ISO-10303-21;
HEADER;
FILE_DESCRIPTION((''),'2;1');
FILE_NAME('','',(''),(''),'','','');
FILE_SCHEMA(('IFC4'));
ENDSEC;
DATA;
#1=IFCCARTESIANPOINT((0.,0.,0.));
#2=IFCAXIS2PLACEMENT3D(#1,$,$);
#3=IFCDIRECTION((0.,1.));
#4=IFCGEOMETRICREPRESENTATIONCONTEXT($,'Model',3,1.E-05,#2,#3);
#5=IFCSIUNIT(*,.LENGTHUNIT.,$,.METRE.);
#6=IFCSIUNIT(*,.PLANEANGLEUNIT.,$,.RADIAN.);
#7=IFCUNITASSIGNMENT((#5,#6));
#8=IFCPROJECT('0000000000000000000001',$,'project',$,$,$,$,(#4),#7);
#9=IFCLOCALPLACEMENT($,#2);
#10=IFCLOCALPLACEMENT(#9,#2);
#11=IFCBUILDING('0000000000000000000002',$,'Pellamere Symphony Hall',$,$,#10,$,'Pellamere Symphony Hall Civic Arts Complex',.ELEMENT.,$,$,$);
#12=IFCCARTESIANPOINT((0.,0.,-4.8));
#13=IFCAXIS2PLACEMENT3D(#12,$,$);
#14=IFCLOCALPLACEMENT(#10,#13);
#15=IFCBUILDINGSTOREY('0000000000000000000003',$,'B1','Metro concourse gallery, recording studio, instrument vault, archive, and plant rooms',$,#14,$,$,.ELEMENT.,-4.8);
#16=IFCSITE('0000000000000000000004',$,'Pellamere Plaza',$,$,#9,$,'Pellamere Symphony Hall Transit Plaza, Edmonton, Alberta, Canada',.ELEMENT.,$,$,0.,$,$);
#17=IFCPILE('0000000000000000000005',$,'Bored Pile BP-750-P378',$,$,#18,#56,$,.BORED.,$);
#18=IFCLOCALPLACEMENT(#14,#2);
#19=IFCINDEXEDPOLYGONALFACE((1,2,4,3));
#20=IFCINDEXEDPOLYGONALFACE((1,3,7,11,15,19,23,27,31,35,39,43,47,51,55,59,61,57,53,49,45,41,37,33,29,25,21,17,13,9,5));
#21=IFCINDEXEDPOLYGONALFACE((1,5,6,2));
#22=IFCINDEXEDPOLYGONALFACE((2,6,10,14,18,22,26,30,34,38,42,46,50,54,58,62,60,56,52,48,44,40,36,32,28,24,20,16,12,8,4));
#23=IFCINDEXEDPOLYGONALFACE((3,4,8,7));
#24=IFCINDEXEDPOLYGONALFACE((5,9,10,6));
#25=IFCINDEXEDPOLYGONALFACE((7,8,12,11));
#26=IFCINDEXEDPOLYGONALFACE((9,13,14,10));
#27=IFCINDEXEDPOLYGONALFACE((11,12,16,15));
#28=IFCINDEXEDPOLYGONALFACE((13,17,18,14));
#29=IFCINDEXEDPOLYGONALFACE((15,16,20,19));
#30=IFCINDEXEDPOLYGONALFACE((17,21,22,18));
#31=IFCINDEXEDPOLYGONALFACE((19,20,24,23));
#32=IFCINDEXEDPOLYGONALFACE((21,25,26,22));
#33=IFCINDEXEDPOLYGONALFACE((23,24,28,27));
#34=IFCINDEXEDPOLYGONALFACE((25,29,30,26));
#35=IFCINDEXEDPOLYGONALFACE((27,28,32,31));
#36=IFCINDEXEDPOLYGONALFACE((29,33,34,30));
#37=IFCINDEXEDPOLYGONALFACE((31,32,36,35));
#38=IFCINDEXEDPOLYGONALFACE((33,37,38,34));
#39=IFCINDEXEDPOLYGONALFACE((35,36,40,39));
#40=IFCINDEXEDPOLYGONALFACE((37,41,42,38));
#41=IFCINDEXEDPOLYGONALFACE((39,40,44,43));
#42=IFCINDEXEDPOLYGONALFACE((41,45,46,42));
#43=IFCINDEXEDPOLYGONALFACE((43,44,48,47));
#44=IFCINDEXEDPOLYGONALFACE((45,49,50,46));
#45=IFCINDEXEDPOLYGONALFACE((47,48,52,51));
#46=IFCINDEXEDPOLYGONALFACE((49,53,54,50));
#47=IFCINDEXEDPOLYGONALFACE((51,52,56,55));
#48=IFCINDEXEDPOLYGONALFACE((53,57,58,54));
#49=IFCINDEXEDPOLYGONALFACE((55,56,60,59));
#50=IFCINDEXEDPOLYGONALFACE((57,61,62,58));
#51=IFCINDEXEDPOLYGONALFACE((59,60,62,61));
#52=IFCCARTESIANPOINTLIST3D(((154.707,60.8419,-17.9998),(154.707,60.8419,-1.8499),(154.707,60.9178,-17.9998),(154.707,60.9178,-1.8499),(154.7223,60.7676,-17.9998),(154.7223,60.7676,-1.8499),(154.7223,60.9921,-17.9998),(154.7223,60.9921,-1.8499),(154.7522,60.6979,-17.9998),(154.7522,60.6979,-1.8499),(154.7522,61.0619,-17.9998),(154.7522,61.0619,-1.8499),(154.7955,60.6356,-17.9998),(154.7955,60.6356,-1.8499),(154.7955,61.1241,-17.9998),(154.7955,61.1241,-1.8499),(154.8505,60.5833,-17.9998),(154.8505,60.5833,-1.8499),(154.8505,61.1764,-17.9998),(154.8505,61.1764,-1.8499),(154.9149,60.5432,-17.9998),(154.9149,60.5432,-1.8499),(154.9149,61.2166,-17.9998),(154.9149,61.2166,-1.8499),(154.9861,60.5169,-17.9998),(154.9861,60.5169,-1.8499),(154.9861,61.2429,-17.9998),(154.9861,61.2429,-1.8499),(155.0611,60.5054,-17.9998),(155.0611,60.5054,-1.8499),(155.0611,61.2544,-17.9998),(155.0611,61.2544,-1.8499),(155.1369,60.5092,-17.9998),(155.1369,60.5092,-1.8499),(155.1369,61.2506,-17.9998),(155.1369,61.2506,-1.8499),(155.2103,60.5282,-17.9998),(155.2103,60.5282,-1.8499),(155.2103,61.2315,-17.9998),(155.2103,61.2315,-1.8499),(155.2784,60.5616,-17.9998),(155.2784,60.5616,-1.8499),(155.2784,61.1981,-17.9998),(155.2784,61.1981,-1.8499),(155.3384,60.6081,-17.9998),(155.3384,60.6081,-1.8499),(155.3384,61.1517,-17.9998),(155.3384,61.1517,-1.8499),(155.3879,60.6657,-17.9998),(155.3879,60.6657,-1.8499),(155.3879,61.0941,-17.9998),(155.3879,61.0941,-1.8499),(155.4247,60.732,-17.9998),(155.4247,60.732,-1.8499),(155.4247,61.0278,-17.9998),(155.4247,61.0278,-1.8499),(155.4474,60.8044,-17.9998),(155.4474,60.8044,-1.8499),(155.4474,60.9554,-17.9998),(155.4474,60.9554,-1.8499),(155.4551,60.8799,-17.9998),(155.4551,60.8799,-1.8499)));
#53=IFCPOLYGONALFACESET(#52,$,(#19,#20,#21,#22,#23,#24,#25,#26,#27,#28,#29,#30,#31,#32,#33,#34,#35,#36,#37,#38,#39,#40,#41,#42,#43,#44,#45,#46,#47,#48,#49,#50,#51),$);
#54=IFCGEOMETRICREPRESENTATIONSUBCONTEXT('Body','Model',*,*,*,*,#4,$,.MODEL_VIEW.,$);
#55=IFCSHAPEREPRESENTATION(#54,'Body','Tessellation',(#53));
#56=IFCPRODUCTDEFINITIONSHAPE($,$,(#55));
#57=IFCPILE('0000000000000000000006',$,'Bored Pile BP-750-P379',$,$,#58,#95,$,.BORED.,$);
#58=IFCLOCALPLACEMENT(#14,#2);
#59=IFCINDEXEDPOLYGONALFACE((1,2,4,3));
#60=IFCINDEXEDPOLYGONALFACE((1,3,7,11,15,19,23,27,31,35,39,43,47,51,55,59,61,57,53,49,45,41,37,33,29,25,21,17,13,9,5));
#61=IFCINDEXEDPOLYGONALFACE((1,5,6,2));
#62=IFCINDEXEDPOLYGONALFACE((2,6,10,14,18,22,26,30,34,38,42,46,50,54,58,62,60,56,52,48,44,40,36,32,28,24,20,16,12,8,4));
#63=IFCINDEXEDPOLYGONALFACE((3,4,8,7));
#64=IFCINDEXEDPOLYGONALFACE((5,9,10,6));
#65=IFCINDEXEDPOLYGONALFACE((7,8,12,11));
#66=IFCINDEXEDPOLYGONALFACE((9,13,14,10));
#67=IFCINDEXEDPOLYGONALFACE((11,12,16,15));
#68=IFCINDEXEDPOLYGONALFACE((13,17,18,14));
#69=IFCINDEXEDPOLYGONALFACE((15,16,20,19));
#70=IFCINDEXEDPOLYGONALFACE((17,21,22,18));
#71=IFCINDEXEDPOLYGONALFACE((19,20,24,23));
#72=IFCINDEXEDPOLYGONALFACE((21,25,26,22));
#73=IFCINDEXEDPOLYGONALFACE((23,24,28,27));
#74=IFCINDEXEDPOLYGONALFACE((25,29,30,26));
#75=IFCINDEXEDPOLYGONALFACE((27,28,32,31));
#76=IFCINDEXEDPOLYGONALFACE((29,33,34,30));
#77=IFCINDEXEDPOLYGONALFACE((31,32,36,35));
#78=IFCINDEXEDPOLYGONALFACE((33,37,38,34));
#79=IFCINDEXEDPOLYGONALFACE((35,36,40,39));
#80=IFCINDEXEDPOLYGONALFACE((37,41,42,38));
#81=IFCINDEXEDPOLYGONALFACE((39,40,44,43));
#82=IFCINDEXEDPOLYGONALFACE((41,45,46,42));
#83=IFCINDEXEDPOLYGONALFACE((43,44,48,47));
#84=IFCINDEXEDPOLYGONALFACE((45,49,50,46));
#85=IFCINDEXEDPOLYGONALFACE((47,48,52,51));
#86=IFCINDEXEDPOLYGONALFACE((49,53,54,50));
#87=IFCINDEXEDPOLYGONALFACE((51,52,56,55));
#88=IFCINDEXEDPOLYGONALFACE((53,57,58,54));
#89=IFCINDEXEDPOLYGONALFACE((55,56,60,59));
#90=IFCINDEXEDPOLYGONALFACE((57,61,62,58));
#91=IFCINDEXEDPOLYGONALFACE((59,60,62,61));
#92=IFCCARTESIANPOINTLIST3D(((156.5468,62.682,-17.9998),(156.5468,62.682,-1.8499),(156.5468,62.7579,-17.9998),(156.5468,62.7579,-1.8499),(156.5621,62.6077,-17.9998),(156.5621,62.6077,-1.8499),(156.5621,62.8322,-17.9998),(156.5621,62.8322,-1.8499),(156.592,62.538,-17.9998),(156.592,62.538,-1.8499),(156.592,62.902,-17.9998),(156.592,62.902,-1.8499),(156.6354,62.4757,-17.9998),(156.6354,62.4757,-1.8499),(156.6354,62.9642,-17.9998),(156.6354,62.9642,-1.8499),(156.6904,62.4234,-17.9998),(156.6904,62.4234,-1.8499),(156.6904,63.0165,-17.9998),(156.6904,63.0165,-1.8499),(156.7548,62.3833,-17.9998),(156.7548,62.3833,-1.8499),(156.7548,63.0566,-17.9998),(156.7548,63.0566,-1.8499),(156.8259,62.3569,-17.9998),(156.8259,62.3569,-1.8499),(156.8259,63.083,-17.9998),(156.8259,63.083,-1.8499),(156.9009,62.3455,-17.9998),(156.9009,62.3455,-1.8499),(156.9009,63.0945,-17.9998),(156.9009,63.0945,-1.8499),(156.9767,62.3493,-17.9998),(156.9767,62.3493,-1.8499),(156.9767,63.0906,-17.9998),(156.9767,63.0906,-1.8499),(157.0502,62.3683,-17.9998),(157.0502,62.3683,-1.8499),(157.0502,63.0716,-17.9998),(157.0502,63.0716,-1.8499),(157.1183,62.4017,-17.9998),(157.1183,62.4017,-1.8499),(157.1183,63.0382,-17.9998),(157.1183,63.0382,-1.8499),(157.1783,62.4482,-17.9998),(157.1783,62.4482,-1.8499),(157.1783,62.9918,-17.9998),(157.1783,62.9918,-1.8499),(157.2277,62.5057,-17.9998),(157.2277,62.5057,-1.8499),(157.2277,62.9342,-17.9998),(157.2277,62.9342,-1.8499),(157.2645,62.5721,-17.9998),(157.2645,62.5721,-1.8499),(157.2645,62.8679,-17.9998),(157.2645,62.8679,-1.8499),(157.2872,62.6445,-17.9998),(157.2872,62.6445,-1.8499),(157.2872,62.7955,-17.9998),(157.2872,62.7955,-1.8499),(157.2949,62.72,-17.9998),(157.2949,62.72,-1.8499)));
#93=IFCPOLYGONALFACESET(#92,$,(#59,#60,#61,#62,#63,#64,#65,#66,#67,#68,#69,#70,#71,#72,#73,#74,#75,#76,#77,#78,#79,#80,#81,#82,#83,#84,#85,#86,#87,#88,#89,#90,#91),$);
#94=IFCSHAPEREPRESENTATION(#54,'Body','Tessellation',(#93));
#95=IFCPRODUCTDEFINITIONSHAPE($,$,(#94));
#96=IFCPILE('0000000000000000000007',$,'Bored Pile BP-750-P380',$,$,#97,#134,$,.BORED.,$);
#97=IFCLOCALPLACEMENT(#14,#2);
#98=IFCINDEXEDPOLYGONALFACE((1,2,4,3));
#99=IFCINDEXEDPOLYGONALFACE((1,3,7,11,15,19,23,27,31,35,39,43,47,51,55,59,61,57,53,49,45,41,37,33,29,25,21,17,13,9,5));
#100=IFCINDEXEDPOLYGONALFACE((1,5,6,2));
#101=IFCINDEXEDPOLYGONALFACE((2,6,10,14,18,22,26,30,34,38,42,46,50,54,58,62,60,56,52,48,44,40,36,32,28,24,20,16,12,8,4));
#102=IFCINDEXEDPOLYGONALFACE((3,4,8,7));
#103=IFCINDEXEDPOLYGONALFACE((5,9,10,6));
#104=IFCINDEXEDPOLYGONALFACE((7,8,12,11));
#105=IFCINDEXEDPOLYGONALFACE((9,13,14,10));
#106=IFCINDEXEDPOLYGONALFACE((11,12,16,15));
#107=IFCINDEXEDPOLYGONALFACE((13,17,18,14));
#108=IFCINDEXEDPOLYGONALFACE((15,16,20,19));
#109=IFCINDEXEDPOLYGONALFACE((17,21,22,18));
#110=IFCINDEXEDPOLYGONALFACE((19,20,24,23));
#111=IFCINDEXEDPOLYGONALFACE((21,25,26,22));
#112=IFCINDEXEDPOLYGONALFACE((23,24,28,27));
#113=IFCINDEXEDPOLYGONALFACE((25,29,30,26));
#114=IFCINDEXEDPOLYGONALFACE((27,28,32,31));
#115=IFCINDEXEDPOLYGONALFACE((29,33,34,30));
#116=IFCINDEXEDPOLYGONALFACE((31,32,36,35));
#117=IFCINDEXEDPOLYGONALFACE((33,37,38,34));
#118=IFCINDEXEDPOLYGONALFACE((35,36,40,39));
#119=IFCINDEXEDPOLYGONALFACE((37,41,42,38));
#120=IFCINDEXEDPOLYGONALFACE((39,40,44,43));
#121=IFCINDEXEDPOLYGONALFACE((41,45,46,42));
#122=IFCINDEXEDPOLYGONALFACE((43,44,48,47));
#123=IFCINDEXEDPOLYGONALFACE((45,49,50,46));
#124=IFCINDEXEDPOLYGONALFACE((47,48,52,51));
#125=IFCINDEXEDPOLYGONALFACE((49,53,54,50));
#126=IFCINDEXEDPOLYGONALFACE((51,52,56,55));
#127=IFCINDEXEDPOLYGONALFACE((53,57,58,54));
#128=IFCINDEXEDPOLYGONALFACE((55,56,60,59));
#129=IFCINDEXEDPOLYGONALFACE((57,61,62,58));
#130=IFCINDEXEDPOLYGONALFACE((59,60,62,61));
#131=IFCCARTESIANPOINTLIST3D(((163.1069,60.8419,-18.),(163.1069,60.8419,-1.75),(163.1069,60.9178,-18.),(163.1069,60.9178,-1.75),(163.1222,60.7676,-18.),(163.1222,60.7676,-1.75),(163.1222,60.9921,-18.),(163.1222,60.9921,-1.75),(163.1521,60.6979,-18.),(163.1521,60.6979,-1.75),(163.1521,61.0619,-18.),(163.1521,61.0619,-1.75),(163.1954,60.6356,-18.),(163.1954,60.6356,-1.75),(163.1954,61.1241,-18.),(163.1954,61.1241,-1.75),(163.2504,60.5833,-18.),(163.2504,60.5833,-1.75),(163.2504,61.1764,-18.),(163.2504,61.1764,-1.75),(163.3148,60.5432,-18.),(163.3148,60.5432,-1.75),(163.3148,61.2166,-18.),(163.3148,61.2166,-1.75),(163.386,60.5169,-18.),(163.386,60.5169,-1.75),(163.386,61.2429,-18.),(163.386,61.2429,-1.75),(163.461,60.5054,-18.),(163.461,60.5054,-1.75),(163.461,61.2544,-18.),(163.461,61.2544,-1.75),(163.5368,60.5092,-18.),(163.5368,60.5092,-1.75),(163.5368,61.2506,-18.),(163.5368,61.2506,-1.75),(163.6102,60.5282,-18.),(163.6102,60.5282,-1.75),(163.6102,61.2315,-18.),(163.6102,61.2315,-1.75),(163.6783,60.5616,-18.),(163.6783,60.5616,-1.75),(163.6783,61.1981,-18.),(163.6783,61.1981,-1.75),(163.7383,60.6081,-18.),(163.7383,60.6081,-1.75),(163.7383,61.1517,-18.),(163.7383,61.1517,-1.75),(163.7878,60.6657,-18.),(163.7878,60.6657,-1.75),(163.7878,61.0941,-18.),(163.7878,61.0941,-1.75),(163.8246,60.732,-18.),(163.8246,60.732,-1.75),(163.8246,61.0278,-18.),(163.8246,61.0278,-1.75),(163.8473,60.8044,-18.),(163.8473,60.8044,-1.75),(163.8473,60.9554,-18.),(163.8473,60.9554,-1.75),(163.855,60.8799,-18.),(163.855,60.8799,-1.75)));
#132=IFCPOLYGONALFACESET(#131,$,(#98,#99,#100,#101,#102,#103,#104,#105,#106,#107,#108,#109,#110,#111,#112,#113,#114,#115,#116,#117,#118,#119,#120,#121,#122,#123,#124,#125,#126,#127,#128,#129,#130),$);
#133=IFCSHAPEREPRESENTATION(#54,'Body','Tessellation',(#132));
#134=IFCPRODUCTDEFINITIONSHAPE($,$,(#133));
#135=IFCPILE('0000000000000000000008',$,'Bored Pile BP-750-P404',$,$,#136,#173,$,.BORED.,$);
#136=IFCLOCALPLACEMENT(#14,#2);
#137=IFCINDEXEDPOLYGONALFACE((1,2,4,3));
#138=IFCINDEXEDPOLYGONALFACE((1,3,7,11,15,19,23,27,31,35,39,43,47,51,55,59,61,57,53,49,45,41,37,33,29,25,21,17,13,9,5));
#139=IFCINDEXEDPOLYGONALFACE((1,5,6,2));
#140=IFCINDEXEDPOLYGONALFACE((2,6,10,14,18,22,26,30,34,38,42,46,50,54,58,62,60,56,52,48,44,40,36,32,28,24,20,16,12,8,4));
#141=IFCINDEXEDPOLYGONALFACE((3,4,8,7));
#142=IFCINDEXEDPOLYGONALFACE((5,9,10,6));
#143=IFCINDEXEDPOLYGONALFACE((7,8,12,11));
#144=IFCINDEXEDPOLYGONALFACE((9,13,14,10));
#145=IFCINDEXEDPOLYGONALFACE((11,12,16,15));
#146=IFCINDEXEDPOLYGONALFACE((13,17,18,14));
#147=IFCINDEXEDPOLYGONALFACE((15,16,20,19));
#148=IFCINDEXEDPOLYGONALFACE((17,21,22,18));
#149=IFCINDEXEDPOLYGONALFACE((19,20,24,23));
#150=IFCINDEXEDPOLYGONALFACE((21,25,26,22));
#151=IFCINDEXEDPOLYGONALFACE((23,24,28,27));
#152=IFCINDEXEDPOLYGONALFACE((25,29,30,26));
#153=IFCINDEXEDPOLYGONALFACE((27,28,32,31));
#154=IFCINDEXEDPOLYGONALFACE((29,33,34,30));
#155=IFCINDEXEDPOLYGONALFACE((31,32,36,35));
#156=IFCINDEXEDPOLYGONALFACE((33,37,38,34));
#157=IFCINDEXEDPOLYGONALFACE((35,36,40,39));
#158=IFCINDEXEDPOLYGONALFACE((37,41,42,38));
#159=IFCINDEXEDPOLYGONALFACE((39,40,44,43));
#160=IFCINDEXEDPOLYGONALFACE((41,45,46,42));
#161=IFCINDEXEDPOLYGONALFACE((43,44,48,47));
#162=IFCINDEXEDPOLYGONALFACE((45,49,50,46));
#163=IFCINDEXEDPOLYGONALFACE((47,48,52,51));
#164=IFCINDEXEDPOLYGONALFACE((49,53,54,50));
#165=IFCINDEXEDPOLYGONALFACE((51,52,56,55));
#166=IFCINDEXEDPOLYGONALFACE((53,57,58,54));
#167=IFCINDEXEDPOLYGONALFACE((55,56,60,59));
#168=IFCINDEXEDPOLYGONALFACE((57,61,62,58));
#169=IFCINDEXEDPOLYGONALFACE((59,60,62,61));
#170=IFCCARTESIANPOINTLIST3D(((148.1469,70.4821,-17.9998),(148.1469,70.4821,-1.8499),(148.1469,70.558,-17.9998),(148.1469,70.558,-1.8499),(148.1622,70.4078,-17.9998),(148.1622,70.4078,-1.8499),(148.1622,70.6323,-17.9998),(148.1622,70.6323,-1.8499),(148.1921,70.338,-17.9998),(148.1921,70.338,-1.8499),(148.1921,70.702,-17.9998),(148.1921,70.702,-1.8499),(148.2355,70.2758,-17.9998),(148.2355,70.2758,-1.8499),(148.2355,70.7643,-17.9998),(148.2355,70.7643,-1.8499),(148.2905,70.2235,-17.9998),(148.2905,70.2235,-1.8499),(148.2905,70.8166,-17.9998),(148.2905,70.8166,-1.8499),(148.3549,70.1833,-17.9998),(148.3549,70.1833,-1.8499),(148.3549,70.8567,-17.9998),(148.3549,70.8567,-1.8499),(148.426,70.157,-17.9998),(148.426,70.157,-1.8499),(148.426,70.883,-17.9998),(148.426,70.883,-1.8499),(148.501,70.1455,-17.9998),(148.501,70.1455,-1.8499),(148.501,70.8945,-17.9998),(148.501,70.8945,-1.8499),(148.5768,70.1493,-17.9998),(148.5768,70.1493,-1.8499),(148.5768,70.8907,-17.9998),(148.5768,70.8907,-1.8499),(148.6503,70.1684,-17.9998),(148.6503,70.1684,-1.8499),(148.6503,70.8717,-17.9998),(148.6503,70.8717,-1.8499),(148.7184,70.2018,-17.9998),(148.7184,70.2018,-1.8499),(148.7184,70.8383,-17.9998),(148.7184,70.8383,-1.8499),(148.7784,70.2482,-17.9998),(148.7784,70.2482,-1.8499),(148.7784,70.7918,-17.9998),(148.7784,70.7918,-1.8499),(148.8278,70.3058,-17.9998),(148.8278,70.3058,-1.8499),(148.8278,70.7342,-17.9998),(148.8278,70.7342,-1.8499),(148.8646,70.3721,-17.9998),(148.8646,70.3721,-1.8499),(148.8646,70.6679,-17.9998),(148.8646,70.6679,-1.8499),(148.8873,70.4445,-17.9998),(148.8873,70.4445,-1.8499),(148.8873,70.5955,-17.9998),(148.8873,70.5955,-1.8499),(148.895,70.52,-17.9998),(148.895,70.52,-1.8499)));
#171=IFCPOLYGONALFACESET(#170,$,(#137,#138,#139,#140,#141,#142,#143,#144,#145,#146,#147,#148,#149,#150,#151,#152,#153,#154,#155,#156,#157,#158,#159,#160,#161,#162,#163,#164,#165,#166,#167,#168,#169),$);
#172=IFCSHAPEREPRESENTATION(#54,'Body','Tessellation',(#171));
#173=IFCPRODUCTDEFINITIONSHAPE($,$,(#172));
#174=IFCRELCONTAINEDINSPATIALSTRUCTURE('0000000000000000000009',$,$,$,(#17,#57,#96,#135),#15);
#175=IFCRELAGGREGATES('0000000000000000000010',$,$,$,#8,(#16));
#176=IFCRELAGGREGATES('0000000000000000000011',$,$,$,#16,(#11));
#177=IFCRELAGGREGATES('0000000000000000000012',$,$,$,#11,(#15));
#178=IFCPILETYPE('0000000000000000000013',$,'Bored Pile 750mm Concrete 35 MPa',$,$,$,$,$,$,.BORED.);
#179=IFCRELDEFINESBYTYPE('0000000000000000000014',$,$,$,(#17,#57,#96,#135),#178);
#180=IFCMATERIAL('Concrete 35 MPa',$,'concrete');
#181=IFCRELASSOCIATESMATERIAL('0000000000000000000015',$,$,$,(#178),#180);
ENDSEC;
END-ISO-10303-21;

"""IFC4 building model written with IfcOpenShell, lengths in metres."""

from ifc_helpers import new_model, si_unit, direction, frame, origin, origin_2d, place, context, subcontext, project, spatial, circle, extrude, material, material_profile, profile_set, type_object, element, save


model = new_model("IFC4")

# Units and contexts
model_context = context("Model", 3, precision=1e-05, world=origin(), true_north=direction((0.0, 1.0)))
body_context = subcontext(model_context, "Body", "Model", "MODEL_VIEW")
ifc_project = project(units=[si_unit("LENGTHUNIT", "METRE"), si_unit("PLANEANGLEUNIT", "RADIAN")], contexts=[model_context])

# Site, building, storey
site_placement = place(None, origin())
site = spatial("IfcSite", under=ifc_project, at=site_placement, Name="Pellamere Plaza", LongName="Pellamere Symphony Hall Transit Plaza, Edmonton, Alberta, Canada", CompositionType="ELEMENT", RefElevation=0.0)
building_placement = place(site_placement, origin())
building = spatial("IfcBuilding", under=site, at=building_placement, Name="Pellamere Symphony Hall", LongName="Pellamere Symphony Hall Civic Arts Complex", CompositionType="ELEMENT")
storey_placement = place(building_placement, frame((0.0, 0.0, -4.8)))
storey = spatial("IfcBuildingStorey", under=building, at=storey_placement, Name="B1", Description="Metro concourse gallery, recording studio, instrument vault, archive, and plant rooms", CompositionType="ELEMENT", Elevation=-4.8)

# Piles
ifc_material_1 = material(Name="Concrete 35 MPa", Category="concrete")
ifc_material_profile_1 = material_profile(ifc_material_1, circle(Radius=0.375, at=origin_2d()), Name="PILE D750")
ifc_profile_set_1 = profile_set([ifc_material_profile_1], Name="Concrete 35 MPa")
pile_type = type_object("IfcPileType", Name="Bored Pile 750mm Concrete 35 MPa", PredefinedType="BORED", material=ifc_profile_set_1)
for number, where, z_axis, x_axis, name in (
    (1, (155.0801, 60.8799, -1.8499), (0.0, 0.0, -1.0), (1.0, 0.0, 0.0), "Bored Pile BP-750-P378"),
    (2, (156.9199, 62.72, -1.8499), (0.0, 0.0, -1.0), (1.0, 0.0, 0.0), "Bored Pile BP-750-P379"),
):
    element("IfcPile", number, at=place(storey_placement, frame(where, z_axis=z_axis, x_axis=x_axis)), inside=storey, type_object=pile_type, Name=name, PredefinedType="BORED", context=body_context, shape_type="SweptSolid", body=[
        extrude(circle(Radius=0.375, at=origin_2d()), origin(), (0.0, 0.0, 1.0), 16.1499),
    ])
pile_1_placement = place(storey_placement, frame((163.48, 60.8799, -1.75), z_axis=(0.0, 0.0, -1.0), x_axis=(1.0, 0.0, 0.0)))
element("IfcPile", 3, at=pile_1_placement, inside=storey, type_object=pile_type, Name="Bored Pile BP-750-P380", PredefinedType="BORED", context=body_context, shape_type="SweptSolid", body=[
    extrude(circle(Radius=0.375, at=origin_2d()), origin(), (0.0, 0.0, 1.0), 16.25),
])
pile_2_placement = place(storey_placement, frame((148.52, 70.52, -1.8499), z_axis=(0.0, 0.0, -1.0), x_axis=(1.0, 0.0, 0.0)))
element("IfcPile", 4, at=pile_2_placement, inside=storey, type_object=pile_type, Name="Bored Pile BP-750-P404", PredefinedType="BORED", context=body_context, shape_type="SweptSolid", body=[
    extrude(circle(Radius=0.375, at=origin_2d()), origin(), (0.0, 0.0, 1.0), 16.1499),
])

save(model, "model.ifc")
